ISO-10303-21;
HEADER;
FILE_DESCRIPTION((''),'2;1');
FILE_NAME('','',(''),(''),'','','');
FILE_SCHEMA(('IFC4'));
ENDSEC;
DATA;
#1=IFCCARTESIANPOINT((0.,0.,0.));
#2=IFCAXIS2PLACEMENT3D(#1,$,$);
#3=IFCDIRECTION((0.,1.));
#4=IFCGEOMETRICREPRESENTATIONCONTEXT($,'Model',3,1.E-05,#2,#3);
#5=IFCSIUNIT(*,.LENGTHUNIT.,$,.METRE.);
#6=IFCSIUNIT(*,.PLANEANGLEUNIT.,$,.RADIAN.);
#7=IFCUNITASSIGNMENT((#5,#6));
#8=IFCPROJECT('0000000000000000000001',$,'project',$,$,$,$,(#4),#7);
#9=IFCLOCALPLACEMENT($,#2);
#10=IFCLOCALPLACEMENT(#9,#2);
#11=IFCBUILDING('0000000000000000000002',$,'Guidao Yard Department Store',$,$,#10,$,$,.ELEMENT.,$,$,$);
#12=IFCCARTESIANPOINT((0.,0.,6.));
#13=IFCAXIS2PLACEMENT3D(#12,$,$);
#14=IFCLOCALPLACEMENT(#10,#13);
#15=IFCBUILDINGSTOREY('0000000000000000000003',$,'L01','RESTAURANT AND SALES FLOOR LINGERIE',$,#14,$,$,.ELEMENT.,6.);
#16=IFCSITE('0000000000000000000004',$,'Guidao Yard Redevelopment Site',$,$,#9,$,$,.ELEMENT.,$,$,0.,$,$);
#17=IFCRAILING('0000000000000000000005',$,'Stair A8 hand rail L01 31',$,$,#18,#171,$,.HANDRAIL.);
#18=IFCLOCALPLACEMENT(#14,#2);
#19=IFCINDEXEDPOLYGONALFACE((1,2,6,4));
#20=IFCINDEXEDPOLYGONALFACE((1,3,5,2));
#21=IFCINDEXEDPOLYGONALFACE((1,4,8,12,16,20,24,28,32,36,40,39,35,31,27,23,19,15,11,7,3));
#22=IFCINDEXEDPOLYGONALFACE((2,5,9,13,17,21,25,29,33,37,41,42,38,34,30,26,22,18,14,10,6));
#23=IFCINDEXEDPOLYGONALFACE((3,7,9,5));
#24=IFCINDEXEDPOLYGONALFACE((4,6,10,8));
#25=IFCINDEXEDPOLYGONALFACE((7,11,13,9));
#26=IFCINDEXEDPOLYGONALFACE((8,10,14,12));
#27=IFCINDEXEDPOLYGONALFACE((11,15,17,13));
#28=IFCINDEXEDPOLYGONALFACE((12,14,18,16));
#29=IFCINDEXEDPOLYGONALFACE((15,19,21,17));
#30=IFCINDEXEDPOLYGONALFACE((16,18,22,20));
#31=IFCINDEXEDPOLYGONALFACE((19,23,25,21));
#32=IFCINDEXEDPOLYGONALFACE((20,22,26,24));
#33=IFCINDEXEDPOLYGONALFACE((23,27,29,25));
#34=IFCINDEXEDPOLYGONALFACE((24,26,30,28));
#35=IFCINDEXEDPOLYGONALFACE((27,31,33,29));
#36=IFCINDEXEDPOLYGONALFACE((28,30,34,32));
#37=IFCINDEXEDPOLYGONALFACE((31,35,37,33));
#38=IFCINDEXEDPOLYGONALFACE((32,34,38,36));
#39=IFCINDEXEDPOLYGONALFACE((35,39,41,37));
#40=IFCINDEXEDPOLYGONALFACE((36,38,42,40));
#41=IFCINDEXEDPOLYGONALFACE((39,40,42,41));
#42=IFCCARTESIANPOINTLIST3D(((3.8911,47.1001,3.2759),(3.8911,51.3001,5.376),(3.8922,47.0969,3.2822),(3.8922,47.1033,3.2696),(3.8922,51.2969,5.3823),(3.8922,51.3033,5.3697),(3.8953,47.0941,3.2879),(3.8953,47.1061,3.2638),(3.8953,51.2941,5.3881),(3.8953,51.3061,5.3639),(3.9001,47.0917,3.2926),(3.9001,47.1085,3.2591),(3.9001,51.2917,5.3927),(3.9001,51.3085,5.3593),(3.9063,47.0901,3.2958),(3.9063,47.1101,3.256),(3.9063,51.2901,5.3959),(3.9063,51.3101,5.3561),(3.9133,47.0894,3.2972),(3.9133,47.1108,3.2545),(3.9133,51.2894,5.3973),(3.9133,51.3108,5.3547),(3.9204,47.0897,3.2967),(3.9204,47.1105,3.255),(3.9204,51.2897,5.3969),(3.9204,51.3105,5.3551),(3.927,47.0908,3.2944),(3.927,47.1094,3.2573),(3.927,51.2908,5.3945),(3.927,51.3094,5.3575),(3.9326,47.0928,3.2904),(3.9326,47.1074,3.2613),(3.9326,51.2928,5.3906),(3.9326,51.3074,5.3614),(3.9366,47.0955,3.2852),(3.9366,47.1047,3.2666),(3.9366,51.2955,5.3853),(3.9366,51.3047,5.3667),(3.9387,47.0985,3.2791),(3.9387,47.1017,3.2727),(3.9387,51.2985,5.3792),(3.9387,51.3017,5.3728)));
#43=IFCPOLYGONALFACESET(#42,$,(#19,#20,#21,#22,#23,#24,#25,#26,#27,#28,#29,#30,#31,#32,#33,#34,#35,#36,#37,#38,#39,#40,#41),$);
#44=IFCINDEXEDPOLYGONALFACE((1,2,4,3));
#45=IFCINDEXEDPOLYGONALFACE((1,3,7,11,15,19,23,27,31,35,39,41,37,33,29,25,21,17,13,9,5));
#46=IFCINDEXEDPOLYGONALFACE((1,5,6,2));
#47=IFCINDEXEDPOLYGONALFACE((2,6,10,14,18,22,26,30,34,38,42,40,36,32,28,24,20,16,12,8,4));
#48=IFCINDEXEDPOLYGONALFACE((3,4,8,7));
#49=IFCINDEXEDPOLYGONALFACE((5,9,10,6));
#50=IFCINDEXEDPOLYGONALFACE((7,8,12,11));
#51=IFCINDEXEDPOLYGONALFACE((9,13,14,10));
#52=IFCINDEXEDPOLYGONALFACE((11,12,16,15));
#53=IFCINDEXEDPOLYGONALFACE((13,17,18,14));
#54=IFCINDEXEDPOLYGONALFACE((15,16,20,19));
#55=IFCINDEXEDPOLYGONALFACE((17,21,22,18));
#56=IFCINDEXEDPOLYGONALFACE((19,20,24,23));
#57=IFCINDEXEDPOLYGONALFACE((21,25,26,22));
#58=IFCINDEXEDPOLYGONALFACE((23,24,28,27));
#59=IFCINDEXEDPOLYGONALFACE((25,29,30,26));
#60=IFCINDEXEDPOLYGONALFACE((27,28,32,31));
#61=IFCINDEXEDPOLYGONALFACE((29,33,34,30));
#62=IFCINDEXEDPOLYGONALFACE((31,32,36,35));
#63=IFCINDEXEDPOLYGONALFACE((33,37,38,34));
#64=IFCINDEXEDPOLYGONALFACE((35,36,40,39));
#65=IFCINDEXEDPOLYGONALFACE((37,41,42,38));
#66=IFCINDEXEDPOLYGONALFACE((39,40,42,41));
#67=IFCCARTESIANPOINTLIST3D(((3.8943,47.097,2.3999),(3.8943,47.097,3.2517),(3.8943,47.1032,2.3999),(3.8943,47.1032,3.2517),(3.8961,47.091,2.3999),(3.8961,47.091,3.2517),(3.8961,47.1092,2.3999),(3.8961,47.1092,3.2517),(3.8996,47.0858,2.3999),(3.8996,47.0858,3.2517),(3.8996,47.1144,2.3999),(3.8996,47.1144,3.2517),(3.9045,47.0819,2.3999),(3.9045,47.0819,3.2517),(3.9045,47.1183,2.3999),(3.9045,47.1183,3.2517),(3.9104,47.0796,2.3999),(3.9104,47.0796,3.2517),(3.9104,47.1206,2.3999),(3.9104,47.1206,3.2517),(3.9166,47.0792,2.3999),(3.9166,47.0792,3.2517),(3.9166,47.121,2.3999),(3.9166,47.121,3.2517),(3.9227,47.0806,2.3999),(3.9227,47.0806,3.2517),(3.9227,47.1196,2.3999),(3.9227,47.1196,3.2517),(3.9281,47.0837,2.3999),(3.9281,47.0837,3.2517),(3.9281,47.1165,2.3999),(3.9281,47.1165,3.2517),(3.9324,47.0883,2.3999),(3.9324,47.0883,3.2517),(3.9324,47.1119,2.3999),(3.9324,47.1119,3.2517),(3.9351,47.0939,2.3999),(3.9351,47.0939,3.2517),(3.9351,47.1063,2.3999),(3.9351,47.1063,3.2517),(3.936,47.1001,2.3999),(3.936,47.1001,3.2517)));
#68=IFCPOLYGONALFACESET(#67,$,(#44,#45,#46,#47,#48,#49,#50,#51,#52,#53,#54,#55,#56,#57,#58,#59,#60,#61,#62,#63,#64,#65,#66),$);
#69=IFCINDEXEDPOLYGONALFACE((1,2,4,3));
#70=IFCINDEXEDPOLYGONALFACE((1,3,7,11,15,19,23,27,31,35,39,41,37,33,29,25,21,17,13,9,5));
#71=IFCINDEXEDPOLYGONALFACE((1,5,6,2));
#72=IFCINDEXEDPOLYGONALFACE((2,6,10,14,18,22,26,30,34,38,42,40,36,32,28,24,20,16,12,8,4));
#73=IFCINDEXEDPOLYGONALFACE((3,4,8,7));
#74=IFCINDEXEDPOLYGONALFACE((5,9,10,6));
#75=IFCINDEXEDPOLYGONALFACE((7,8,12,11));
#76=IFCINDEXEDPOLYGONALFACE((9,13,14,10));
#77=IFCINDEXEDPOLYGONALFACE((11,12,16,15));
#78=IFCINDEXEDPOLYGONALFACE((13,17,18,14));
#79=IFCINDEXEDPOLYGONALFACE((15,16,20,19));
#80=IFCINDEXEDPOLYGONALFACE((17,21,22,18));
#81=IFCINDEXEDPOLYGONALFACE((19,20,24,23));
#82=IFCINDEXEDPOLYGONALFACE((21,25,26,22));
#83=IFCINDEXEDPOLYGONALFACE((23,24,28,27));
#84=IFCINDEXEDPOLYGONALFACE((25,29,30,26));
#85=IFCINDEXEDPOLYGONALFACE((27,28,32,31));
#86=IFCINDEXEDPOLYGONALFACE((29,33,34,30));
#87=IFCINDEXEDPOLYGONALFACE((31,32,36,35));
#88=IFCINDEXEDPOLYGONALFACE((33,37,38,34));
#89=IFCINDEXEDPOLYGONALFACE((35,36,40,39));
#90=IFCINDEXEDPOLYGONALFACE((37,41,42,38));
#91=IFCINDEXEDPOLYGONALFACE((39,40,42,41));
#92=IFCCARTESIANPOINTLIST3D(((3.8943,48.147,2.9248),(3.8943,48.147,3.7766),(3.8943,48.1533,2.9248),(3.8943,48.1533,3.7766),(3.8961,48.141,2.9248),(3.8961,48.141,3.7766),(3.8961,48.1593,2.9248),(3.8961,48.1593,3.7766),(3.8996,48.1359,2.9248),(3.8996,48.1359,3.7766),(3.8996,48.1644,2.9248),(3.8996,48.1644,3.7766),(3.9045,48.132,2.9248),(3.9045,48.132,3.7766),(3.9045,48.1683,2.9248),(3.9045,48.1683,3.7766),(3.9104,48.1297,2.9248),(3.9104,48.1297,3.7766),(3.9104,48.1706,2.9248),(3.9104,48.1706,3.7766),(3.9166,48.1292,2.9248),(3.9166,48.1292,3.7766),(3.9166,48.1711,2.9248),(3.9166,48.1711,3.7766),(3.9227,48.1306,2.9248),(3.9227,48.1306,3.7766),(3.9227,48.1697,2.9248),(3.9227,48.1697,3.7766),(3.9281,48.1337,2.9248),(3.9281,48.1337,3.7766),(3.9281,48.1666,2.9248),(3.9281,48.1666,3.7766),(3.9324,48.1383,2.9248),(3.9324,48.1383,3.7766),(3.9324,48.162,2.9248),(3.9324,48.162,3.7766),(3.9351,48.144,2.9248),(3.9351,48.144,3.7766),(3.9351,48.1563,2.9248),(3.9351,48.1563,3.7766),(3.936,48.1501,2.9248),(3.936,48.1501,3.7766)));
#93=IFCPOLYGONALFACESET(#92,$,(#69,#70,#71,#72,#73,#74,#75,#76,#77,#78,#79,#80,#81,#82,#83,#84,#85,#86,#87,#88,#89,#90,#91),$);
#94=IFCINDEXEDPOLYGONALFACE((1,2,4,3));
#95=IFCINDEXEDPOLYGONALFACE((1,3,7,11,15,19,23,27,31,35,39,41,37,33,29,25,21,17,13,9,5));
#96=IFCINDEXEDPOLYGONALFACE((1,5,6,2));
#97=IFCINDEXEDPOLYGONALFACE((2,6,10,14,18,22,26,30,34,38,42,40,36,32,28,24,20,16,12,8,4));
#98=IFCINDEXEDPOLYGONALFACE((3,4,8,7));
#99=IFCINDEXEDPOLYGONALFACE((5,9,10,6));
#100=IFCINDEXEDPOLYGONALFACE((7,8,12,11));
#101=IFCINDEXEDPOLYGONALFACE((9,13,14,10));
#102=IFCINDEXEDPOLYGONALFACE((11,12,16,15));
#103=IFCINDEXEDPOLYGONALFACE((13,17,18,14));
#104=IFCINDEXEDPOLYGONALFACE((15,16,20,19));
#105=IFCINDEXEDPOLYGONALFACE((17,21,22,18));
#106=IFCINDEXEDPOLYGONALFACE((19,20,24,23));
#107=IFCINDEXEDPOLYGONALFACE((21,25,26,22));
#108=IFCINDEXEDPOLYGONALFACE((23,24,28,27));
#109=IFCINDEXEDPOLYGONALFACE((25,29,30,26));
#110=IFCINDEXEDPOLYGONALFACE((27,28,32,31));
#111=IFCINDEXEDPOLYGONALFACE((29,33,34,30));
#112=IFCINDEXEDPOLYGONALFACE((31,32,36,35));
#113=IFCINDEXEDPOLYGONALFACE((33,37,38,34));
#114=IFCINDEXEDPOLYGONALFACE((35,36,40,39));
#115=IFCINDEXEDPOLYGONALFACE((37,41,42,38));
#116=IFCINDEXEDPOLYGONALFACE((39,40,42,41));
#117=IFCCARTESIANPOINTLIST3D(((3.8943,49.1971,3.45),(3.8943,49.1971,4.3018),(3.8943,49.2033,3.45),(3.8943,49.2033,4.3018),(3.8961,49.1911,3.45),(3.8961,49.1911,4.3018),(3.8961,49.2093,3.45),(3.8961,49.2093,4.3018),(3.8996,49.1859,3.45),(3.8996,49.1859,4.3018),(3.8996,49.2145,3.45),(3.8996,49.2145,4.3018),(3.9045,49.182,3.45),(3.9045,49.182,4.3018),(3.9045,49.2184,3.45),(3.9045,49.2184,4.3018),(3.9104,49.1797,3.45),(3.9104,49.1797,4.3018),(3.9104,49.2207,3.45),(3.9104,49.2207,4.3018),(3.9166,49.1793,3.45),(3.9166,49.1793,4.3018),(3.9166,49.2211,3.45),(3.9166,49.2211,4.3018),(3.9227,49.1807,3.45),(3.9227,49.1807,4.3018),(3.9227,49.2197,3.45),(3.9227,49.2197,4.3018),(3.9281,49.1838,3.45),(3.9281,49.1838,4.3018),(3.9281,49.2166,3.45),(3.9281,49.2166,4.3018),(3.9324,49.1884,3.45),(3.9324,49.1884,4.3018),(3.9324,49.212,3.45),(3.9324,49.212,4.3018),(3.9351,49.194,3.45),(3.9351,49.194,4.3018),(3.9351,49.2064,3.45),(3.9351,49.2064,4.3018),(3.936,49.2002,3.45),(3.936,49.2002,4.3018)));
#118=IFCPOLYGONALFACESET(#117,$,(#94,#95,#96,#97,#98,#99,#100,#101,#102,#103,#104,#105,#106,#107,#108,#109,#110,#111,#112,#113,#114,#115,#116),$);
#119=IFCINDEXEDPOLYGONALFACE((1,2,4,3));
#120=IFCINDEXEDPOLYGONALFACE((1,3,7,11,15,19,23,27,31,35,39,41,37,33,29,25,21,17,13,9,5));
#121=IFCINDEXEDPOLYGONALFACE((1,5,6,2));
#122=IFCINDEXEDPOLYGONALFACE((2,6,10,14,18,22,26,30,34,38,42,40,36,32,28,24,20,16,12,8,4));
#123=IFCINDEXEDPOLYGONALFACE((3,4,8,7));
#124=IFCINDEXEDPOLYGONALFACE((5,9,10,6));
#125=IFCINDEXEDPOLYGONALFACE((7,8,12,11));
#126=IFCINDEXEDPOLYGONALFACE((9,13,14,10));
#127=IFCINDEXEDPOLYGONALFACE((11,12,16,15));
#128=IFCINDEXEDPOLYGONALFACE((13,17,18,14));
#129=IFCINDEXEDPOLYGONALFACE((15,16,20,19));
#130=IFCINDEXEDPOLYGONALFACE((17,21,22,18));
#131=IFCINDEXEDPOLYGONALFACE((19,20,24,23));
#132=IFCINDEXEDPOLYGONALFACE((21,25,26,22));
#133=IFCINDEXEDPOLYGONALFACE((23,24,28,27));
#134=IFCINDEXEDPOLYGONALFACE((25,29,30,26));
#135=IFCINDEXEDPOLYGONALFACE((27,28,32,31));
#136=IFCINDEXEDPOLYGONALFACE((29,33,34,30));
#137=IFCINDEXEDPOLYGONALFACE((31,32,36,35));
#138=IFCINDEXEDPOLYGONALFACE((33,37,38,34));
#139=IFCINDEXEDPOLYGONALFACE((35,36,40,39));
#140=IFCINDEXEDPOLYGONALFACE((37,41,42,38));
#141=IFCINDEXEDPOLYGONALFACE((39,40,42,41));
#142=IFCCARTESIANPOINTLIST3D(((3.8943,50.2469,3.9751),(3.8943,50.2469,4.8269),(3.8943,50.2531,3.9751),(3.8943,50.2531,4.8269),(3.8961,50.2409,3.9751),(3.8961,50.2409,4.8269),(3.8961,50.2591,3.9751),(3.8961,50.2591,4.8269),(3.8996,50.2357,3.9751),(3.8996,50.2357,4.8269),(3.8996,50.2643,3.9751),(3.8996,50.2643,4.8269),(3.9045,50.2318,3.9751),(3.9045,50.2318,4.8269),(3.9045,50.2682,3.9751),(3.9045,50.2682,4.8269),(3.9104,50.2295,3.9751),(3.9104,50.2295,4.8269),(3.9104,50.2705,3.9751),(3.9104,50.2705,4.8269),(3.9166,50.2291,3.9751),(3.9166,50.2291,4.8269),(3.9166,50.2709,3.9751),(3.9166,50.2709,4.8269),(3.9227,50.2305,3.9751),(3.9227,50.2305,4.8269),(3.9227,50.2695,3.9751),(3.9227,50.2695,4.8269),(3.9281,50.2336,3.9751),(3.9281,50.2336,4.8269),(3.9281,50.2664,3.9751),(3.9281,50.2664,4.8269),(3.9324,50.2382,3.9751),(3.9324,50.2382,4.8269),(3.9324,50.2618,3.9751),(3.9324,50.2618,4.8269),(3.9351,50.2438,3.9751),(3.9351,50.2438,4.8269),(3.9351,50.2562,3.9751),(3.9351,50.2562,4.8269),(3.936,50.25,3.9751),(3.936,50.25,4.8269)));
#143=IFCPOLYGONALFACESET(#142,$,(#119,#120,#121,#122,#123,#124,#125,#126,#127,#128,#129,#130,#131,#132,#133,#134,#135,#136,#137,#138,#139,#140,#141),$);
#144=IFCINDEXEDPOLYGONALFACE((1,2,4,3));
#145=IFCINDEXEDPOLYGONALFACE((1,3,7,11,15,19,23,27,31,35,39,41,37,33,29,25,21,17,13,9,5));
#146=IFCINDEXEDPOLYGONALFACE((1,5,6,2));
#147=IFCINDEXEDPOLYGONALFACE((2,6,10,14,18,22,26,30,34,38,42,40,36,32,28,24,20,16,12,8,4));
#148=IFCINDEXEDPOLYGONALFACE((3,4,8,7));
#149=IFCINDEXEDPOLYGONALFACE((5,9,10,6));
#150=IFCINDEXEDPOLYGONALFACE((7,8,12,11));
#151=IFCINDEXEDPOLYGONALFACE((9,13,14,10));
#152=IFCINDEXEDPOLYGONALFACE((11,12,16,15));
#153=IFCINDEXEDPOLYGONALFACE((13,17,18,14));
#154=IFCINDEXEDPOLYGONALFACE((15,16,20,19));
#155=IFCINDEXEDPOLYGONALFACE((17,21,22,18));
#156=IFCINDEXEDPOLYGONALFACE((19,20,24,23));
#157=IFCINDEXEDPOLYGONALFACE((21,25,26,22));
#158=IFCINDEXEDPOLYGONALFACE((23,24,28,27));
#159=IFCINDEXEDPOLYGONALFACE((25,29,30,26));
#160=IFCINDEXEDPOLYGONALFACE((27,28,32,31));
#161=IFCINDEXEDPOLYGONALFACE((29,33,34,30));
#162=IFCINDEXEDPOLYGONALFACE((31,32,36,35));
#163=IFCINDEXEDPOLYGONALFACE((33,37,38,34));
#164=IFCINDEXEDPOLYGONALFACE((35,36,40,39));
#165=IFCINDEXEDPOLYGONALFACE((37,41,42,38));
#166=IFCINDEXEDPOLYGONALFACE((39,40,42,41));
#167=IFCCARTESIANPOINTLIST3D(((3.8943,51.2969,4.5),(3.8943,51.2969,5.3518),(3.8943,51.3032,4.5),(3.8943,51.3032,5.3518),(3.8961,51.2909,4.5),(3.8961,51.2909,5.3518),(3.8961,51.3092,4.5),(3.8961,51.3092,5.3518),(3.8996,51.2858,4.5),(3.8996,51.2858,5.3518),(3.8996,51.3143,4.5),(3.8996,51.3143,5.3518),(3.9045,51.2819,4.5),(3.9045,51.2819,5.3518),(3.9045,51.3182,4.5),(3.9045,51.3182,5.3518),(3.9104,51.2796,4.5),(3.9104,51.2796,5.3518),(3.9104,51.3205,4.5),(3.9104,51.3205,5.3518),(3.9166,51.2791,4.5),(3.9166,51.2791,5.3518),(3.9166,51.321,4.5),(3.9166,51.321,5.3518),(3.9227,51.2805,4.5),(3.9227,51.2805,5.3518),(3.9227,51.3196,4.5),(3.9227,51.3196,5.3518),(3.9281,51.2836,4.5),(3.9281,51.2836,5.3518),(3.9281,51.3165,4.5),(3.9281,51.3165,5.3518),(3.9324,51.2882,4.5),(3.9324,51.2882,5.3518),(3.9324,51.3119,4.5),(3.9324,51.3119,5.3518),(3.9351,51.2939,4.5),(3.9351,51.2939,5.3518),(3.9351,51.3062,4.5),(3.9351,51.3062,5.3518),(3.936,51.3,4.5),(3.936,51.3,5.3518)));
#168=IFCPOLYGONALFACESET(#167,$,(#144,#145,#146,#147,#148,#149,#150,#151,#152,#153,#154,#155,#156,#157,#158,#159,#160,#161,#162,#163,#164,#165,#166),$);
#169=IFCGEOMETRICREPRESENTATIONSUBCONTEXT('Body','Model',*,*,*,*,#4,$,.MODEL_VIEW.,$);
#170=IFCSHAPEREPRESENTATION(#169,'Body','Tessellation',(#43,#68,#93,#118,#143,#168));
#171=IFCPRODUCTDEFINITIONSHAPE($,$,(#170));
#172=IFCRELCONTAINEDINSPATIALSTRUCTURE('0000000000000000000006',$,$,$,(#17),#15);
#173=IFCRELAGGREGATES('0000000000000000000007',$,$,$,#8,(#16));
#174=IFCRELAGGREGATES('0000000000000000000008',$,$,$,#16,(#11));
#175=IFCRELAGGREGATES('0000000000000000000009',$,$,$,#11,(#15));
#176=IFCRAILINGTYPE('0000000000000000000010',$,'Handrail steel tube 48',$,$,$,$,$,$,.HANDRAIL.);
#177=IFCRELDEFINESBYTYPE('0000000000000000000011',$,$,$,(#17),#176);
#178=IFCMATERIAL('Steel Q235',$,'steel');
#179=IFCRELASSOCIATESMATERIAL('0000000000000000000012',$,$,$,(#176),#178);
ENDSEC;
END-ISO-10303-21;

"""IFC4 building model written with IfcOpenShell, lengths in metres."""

from ifc_helpers import new_model, si_unit, direction, frame, origin, origin_2d, place, context, subcontext, project, spatial, circle, extrude, material, type_object, element, save


model = new_model("IFC4")

# Units and contexts
model_context = context("Model", 3, precision=1e-05, world=origin(), true_north=direction((0.0, 1.0)))
body_context = subcontext(model_context, "Body", "Model", "MODEL_VIEW")
ifc_project = project(units=[si_unit("LENGTHUNIT", "METRE"), si_unit("PLANEANGLEUNIT", "RADIAN")], contexts=[model_context])

# Site, building, storey
site_placement = place(None, origin())
site = spatial("IfcSite", under=ifc_project, at=site_placement, Name="Guidao Yard Redevelopment Site", CompositionType="ELEMENT", RefElevation=0.0)
building_placement = place(site_placement, origin())
building = spatial("IfcBuilding", under=site, at=building_placement, Name="Guidao Yard Department Store", CompositionType="ELEMENT")
storey_placement = place(building_placement, frame((0.0, 0.0, 6.0)))
storey = spatial("IfcBuildingStorey", under=building, at=storey_placement, Name="L01", Description="RESTAURANT AND SALES FLOOR LINGERIE", CompositionType="ELEMENT", Elevation=6.0)

# Railing
ifc_material_1 = material(Name="Steel Q235", Category="steel")
railing_type_1 = type_object("IfcRailingType", Name="Handrail steel tube 48", PredefinedType="HANDRAIL", material=ifc_material_1)
for number, where, name in (
    (1, (3.915, 47.1001, 2.3999), "Stair A8 hand rail L01 31"),
):
    element("IfcRailing", number, at=place(storey_placement, frame(where)), inside=storey, type_object=railing_type_1, Name=name, PredefinedType="HANDRAIL", context=body_context, shape_type="SweptSolid", body=[
        extrude(circle(Radius=0.0239, at=origin_2d()), frame((0.0, 0.0, 0.876), z_axis=(0.0, 0.894417, 0.447234), x_axis=(-1.0, 0.0, 0.0)), (0.0, 0.0, 1.0), 4.6958),
        extrude(circle(Radius=0.021, at=origin_2d()), origin(), (0.0, 0.0, 1.0), 0.8518),
        extrude(circle(Radius=0.021, at=origin_2d()), frame((0.0, 1.05, 0.5249)), (0.0, 0.0, 1.0), 0.8518),
        extrude(circle(Radius=0.021, at=origin_2d()), frame((0.0, 2.1001, 1.05)), (0.0, 0.0, 1.0), 0.8518),
        extrude(circle(Radius=0.021, at=origin_2d()), frame((0.0, 3.1499, 1.5752)), (0.0, 0.0, 1.0), 0.8518),
        extrude(circle(Radius=0.021, at=origin_2d()), frame((0.0, 4.2, 2.1001)), (0.0, 0.0, 1.0), 0.8518),
    ])

save(model, "model.ifc")
